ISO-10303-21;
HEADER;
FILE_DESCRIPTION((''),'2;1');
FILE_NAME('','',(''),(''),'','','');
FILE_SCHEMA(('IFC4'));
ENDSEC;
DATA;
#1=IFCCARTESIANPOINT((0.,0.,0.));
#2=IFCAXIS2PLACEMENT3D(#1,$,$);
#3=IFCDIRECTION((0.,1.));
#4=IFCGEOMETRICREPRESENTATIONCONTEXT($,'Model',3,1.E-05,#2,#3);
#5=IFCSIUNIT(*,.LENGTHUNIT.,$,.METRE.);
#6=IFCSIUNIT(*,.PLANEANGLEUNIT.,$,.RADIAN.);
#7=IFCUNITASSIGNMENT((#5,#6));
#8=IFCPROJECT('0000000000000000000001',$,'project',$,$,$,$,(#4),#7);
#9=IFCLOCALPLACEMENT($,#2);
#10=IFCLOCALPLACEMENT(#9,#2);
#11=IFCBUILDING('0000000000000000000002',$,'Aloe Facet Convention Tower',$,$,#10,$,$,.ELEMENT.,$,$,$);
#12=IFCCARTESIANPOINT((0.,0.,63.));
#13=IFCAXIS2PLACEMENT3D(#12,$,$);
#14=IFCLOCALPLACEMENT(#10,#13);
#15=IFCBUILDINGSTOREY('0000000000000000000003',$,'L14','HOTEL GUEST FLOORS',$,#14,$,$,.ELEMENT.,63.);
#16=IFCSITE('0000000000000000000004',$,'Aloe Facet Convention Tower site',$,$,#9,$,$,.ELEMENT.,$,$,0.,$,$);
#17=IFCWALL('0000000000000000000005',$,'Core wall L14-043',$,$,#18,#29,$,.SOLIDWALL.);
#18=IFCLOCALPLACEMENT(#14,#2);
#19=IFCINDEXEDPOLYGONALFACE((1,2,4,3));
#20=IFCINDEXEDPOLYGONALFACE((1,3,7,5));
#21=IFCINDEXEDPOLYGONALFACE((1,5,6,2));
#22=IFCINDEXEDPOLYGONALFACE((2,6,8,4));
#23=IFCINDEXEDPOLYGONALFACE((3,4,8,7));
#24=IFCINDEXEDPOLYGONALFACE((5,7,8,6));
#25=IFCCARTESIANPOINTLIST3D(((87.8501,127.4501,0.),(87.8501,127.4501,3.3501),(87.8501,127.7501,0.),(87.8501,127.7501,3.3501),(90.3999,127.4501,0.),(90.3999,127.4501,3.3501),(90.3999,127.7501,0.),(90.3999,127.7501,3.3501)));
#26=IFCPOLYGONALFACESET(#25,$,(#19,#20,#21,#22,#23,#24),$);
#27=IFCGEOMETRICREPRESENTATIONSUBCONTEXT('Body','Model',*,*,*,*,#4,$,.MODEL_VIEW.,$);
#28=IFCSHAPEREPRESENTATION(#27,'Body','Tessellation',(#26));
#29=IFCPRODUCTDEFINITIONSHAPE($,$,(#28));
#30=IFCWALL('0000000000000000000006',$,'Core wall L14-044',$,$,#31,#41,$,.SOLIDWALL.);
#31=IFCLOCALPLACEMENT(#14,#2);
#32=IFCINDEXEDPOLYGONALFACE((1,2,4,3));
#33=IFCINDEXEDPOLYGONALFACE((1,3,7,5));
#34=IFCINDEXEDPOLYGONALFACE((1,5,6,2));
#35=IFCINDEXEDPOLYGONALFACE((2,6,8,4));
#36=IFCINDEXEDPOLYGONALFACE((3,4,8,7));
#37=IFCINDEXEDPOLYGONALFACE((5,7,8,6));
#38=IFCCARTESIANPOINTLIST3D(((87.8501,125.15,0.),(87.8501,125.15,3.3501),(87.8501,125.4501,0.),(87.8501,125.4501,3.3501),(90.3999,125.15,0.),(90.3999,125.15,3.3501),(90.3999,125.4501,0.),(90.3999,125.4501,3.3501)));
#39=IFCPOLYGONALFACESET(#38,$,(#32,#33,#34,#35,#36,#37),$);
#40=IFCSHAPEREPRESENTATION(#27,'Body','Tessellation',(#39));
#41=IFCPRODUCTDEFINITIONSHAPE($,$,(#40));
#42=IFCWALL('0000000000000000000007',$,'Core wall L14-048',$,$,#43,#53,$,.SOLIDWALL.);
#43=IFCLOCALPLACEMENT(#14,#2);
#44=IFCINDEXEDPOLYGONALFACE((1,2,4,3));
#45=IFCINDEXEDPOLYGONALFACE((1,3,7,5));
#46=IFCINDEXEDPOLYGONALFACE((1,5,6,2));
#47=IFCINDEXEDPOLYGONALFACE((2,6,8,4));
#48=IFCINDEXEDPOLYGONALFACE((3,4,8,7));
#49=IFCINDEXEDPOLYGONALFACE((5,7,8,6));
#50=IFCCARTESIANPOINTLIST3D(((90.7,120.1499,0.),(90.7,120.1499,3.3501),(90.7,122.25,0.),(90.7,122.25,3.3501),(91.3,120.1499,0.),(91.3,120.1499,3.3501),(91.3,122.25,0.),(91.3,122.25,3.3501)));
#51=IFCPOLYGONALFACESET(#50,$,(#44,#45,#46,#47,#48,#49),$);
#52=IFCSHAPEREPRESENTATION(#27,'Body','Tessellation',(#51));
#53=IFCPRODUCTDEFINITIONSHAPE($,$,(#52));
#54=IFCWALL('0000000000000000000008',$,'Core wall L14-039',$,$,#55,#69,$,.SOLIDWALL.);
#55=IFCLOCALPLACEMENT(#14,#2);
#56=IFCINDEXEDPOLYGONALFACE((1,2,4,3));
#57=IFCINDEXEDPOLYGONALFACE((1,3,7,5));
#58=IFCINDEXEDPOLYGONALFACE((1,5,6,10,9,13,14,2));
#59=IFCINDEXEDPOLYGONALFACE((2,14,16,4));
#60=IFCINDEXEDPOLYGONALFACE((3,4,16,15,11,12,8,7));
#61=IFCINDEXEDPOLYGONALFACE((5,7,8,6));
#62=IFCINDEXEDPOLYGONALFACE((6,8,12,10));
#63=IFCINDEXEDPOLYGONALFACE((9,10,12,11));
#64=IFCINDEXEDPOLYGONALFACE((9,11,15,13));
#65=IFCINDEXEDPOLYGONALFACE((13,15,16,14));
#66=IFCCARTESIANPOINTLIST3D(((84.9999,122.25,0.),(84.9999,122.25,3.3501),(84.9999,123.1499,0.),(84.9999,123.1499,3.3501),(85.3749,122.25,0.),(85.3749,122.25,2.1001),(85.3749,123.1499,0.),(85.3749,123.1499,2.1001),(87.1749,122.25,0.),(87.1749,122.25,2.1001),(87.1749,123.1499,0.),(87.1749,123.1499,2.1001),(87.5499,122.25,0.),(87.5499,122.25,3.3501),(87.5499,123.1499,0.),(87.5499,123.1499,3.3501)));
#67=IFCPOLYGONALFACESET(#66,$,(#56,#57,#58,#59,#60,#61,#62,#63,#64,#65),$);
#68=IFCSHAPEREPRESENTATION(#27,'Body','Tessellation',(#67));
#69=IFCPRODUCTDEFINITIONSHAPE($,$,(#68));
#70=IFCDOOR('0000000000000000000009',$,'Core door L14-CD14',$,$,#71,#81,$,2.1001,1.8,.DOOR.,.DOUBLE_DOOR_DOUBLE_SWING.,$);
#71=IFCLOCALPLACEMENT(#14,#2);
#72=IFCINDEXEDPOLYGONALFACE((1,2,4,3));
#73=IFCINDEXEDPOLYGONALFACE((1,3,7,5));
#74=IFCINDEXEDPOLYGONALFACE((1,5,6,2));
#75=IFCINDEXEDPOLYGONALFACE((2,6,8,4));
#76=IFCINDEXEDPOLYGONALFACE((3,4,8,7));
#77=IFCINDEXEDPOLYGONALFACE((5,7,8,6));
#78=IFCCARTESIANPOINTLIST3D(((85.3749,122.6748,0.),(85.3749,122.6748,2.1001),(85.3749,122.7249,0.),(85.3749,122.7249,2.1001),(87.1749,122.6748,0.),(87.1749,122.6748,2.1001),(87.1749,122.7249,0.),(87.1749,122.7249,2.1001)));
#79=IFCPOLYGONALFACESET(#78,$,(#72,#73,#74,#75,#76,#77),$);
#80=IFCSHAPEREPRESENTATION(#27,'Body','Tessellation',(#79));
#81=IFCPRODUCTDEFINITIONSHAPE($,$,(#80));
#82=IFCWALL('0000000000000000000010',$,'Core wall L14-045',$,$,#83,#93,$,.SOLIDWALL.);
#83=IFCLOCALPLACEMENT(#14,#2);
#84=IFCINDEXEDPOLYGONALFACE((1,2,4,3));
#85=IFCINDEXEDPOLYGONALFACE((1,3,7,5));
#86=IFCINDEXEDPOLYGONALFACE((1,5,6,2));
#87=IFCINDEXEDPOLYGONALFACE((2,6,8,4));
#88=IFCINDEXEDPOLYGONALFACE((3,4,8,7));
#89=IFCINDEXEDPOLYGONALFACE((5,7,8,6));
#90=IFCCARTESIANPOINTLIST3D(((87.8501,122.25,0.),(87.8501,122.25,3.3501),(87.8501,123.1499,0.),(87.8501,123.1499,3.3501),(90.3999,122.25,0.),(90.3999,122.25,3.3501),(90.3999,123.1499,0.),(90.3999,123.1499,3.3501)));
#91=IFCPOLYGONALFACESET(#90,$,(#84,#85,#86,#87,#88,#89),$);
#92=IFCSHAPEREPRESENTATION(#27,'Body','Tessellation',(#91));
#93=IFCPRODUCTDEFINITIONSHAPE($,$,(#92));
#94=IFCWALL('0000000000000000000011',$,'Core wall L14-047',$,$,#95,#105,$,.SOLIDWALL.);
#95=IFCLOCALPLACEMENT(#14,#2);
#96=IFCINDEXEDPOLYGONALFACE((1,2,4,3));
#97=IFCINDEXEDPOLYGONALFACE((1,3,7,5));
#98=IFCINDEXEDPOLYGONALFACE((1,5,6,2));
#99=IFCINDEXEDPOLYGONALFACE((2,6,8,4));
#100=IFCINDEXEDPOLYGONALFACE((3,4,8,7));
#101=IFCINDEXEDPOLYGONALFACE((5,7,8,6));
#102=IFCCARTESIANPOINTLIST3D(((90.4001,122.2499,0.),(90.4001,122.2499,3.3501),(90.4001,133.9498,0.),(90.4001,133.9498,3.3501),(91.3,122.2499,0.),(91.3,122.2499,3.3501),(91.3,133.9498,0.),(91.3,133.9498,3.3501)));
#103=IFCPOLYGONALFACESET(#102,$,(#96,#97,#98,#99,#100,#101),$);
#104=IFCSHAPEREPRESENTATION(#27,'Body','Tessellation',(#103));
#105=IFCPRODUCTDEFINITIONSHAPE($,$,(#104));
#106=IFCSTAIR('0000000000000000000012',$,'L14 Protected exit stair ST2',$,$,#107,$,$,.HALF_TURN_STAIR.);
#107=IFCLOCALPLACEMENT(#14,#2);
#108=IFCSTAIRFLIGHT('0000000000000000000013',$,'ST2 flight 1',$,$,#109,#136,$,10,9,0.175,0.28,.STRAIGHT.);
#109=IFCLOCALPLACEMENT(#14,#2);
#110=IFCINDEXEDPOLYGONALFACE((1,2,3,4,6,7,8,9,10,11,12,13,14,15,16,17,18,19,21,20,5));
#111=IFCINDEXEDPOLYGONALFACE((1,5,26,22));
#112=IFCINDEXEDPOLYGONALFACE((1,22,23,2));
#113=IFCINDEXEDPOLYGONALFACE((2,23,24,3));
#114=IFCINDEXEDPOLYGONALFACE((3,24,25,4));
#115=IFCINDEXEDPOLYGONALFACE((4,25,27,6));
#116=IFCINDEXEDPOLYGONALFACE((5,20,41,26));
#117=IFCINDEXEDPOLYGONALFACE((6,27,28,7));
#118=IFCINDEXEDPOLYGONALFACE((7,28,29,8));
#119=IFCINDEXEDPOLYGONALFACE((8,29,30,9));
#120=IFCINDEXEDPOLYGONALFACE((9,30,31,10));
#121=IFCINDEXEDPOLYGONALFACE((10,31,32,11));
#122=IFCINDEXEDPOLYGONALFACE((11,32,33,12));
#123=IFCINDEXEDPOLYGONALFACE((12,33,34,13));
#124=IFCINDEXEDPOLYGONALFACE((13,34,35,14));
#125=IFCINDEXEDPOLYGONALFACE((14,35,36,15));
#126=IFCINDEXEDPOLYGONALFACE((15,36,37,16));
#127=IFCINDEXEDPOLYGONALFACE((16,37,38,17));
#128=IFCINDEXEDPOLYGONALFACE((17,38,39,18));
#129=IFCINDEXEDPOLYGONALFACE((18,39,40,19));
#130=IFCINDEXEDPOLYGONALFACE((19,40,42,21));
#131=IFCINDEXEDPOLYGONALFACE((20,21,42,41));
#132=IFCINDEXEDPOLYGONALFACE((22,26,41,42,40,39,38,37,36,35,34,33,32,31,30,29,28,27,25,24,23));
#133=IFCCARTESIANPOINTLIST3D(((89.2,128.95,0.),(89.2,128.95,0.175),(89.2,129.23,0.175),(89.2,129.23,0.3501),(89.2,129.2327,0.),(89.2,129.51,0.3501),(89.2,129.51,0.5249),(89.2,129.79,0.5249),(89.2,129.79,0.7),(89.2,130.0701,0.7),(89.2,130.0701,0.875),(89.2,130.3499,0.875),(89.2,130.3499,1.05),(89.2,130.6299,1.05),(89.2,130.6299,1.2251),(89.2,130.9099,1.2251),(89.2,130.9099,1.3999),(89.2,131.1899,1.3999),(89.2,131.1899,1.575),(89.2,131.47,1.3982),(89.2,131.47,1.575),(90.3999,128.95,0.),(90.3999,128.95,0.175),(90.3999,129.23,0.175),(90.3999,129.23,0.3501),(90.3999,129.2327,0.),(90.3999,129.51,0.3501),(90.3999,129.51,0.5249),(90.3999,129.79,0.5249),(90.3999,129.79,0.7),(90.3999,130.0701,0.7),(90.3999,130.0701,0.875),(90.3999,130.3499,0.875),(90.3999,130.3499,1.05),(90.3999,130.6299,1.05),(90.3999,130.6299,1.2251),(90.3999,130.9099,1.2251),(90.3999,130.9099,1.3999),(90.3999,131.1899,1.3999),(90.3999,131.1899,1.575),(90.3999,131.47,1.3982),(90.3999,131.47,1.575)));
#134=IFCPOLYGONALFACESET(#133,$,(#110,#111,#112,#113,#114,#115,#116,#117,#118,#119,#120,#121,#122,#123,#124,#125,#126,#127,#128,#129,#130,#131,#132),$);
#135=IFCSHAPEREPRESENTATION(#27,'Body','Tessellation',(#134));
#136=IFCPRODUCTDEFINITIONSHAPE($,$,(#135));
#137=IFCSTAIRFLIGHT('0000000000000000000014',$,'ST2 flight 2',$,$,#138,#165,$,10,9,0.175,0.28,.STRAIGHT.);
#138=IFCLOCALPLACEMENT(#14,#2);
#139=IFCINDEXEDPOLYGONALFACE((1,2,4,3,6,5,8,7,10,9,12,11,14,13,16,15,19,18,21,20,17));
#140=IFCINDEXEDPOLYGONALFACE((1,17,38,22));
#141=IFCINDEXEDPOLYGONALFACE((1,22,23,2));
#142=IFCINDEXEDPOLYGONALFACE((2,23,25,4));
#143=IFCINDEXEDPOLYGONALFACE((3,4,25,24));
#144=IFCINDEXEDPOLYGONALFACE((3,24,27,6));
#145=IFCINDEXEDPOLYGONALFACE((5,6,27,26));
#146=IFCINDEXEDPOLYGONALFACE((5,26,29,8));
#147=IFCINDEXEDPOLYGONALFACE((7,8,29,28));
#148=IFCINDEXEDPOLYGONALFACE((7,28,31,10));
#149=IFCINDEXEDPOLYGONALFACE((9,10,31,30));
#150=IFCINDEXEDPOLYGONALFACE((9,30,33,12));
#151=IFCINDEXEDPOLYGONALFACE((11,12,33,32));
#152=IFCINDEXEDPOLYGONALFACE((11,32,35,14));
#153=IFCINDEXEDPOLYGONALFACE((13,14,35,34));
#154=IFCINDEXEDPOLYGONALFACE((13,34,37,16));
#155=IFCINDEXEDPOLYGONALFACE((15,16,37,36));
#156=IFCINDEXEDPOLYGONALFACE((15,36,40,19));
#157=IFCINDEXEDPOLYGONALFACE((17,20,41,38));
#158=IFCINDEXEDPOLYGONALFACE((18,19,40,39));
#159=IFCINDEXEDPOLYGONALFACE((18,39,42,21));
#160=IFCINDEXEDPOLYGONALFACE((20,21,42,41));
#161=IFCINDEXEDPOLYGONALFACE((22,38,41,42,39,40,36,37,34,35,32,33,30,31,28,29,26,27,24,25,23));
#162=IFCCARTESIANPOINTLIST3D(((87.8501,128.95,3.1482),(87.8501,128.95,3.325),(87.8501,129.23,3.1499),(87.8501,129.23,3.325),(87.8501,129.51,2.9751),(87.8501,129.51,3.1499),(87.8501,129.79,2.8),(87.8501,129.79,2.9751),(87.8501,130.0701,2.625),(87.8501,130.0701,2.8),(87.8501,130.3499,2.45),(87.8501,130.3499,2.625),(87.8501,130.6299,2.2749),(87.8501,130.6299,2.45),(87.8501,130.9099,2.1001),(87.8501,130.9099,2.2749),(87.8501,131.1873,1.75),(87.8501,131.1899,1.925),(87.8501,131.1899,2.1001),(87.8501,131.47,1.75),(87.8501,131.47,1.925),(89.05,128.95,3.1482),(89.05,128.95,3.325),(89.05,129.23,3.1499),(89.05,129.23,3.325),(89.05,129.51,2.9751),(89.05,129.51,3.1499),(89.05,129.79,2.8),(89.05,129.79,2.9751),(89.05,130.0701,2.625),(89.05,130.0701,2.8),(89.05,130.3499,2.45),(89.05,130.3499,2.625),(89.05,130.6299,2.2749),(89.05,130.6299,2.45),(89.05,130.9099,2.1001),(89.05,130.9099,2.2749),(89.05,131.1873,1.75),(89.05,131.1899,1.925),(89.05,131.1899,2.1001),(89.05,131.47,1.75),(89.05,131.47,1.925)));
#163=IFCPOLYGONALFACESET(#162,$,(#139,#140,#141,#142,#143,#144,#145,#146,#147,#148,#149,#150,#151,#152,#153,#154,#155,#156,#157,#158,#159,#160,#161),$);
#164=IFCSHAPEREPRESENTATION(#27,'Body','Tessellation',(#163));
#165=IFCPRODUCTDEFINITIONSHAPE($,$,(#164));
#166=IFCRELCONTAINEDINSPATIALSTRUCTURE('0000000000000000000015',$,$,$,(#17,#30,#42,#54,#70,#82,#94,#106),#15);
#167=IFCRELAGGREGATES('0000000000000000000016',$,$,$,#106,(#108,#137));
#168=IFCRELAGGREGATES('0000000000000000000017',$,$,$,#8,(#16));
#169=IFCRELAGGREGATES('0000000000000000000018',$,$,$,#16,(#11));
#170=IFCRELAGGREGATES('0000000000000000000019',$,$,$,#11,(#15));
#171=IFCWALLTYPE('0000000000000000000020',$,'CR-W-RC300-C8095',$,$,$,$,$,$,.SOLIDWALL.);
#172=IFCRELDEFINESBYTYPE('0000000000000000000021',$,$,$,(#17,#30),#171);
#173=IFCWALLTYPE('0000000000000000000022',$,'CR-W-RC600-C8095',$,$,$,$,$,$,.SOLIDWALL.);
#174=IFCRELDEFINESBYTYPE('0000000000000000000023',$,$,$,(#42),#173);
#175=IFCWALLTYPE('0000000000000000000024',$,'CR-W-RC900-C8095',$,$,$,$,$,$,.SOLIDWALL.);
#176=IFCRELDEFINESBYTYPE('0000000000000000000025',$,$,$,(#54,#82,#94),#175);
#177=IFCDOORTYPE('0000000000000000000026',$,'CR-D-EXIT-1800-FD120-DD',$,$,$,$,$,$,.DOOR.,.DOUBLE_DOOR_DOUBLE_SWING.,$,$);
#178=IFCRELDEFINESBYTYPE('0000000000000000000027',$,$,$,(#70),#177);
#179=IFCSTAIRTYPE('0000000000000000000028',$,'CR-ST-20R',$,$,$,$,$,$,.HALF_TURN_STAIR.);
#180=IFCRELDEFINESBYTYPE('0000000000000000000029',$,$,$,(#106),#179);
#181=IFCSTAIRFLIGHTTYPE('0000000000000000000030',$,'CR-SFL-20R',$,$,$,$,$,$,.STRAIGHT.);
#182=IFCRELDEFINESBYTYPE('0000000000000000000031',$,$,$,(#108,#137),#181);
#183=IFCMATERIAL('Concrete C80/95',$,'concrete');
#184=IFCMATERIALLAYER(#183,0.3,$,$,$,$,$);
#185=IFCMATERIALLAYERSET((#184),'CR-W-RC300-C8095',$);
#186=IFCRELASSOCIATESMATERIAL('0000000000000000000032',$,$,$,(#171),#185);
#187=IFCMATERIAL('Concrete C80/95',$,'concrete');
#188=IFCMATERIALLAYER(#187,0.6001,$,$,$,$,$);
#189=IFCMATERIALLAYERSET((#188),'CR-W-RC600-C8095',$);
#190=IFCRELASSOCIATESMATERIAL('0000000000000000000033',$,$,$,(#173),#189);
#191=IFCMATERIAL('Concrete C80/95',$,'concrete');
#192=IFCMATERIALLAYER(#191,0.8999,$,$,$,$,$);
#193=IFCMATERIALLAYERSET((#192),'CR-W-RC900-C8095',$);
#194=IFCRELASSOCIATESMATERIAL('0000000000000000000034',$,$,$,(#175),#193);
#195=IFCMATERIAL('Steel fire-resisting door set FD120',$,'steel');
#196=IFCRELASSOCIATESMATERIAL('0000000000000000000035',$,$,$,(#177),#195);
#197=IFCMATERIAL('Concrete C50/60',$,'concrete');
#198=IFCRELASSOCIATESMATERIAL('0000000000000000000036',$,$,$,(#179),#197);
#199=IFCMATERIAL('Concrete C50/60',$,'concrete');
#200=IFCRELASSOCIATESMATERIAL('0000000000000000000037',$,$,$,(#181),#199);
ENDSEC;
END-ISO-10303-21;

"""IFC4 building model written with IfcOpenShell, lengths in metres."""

from ifc_helpers import new_model, si_unit, direction, frame, frame_2d, origin, place, context, subcontext, project, spatial, polyline, rectangle, outline, extrude, material, layer, layer_set, type_object, element, fill, aggregate, save


model = new_model("IFC4")

# Units and contexts
model_context = context("Model", 3, precision=1e-05, world=origin(), true_north=direction((0.0, 1.0)))
body_context = subcontext(model_context, "Body", "Model", "MODEL_VIEW")
ifc_project = project(units=[si_unit("LENGTHUNIT", "METRE"), si_unit("PLANEANGLEUNIT", "RADIAN")], contexts=[model_context])

# Site, building, storey
site_placement = place(None, origin())
site = spatial("IfcSite", under=ifc_project, at=site_placement, Name="Aloe Facet Convention Tower site", CompositionType="ELEMENT", RefElevation=0.0)
building_placement = place(site_placement, origin())
building = spatial("IfcBuilding", under=site, at=building_placement, Name="Aloe Facet Convention Tower", CompositionType="ELEMENT")
storey_placement = place(building_placement, frame((0.0, 0.0, 63.0)))
storey = spatial("IfcBuildingStorey", under=building, at=storey_placement, Name="L14", Description="HOTEL GUEST FLOORS", CompositionType="ELEMENT", Elevation=63.0)

# Shared definitions
ifc_material_1 = material(Name="Concrete C80/95", Category="concrete")
ifc_layer_1 = layer(ifc_material_1, 0.3)
ifc_layer_set_1 = layer_set([ifc_layer_1], Name="CR-W-RC300-C8095")
wall_type_1 = type_object("IfcWallType", Name="CR-W-RC300-C8095", PredefinedType="SOLIDWALL", material=ifc_layer_set_1)

# Walls
for number, where, z_axis, x_axis, name in (
    (1, (87.8501, 127.6001, 0.0), (0.0, 0.0, 1.0), (1.0, 0.0, 0.0), "Core wall L14-043"),
    (2, (87.8501, 125.3, 0.0), (0.0, 0.0, 1.0), (1.0, 0.0, 0.0), "Core wall L14-044"),
):
    element("IfcWall", number, at=place(storey_placement, frame(where, z_axis=z_axis, x_axis=x_axis)), inside=storey, type_object=wall_type_1, Name=name, PredefinedType="SOLIDWALL", context=body_context, shape_type="SweptSolid", body=[
        extrude(rectangle(XDim=2.5498, YDim=0.3, at=frame_2d((1.2749, 0.0))), origin(), (0.0, 0.0, 1.0), 3.3501),
    ])
ifc_material_2 = material(Name="Concrete C80/95", Category="concrete")
ifc_layer_2 = layer(ifc_material_2, 0.6001)
ifc_layer_set_2 = layer_set([ifc_layer_2], Name="CR-W-RC600-C8095")
wall_type_2 = type_object("IfcWallType", Name="CR-W-RC600-C8095", PredefinedType="SOLIDWALL", material=ifc_layer_set_2)
wall_1_placement = place(storey_placement, frame((91.0, 122.25, 0.0), z_axis=(0.0, 0.0, 1.0), x_axis=(0.0, -1.0, 0.0)))
element("IfcWall", 3, at=wall_1_placement, inside=storey, type_object=wall_type_2, Name="Core wall L14-048", PredefinedType="SOLIDWALL", context=body_context, shape_type="SweptSolid", body=[
    extrude(rectangle(XDim=2.1001, YDim=0.6001, at=frame_2d((1.05, 0.0))), origin(), (0.0, 0.0, 1.0), 3.3501),
])

# Wall, opening, door
ifc_material_3 = material(Name="Concrete C80/95", Category="concrete")
ifc_layer_3 = layer(ifc_material_3, 0.8999)
ifc_layer_set_3 = layer_set([ifc_layer_3], Name="CR-W-RC900-C8095")
wall_type_3 = type_object("IfcWallType", Name="CR-W-RC900-C8095", PredefinedType="SOLIDWALL", material=ifc_layer_set_3)
wall_2_placement = place(storey_placement, frame((85.0, 122.7, 0.0), z_axis=(0.0, 0.0, 1.0), x_axis=(1.0, 0.0, 0.0)))
wall_2 = element("IfcWall", 4, at=wall_2_placement, inside=storey, type_object=wall_type_3, Name="Core wall L14-039", PredefinedType="SOLIDWALL", context=body_context, shape_type="SweptSolid", body=[
    extrude(rectangle(XDim=2.55, YDim=0.8999, at=frame_2d((1.2749, 0.0))), origin(), (0.0, 0.0, 1.0), 3.3501),
])
opening_1_placement = place(wall_2_placement, frame((0.375, 0.0, 0.0)))
opening_1 = element("IfcOpeningElement", 5, at=opening_1_placement, cuts=wall_2, PredefinedType="OPENING", context=body_context, shape_type="SweptSolid", body=[
    extrude(rectangle(XDim=1.8, YDim=2.1001, at=frame_2d((0.8999, 1.05))), frame((0.0, 0.46, 0.0), z_axis=(0.0, -1.0, 0.0), x_axis=(1.0, 0.0, 0.0)), (0.0, 0.0, 1.0), 0.9199),
])
ifc_material_4 = material(Name="Steel fire-resisting door set FD120", Category="steel")
door_type_1 = type_object("IfcDoorType", Name="CR-D-EXIT-1800-FD120-DD", OperationType="DOUBLE_DOOR_DOUBLE_SWING", PredefinedType="DOOR", material=ifc_material_4)
door_1_placement = place(opening_1_placement, origin())
door_1 = element("IfcDoor", 6, at=door_1_placement, inside=storey, type_object=door_type_1, Name="Core door L14-CD14", OperationType="DOUBLE_DOOR_DOUBLE_SWING", OverallHeight=2.1001, OverallWidth=1.8, PredefinedType="DOOR", context=body_context, shape_type="SweptSolid", body=[
    extrude(rectangle(XDim=1.8, YDim=2.1001, at=frame_2d((0.8999, 1.05))), frame((0.0, 0.0249, 0.0), z_axis=(0.0, -1.0, 0.0), x_axis=(1.0, 0.0, 0.0)), (0.0, 0.0, 1.0), 0.05),
])
fill(opening_1, door_1)

# Walls
wall_3_placement = place(storey_placement, frame((87.8501, 122.7, 0.0), z_axis=(0.0, 0.0, 1.0), x_axis=(1.0, 0.0, 0.0)))
element("IfcWall", 7, at=wall_3_placement, inside=storey, type_object=wall_type_3, Name="Core wall L14-045", PredefinedType="SOLIDWALL", context=body_context, shape_type="SweptSolid", body=[
    extrude(rectangle(XDim=2.5498, YDim=0.8999, at=frame_2d((1.2749, 0.0))), origin(), (0.0, 0.0, 1.0), 3.3501),
])
wall_4_placement = place(storey_placement, frame((90.8501, 133.95, 0.0), z_axis=(0.0, 0.0, 1.0), x_axis=(0.0, -1.0, 0.0)))
element("IfcWall", 8, at=wall_4_placement, inside=storey, type_object=wall_type_3, Name="Core wall L14-047", PredefinedType="SOLIDWALL", context=body_context, shape_type="SweptSolid", body=[
    extrude(rectangle(XDim=11.7, YDim=0.8999, at=frame_2d((5.8501, 0.0))), origin(), (0.0, 0.0, 1.0), 3.3501),
])

# Stair, stair flights
ifc_material_5 = material(Name="Concrete C50/60", Category="concrete")
stair_type = type_object("IfcStairType", Name="CR-ST-20R", PredefinedType="HALF_TURN_STAIR", material=ifc_material_5)
stair_placement = place(storey_placement, origin())
stair = element("IfcStair", 9, at=stair_placement, inside=storey, type_object=stair_type, Name="L14 Protected exit stair ST2", PredefinedType="HALF_TURN_STAIR")
ifc_material_6 = material(Name="Concrete C50/60", Category="concrete")
stair_flight_type = type_object("IfcStairFlightType", Name="CR-SFL-20R", PredefinedType="STRAIGHT", material=ifc_material_6)
stair_flight_1_placement = place(storey_placement, frame((89.8, 128.95, 0.0), z_axis=(0.0, 0.0, 1.0), x_axis=(0.0, 1.0, 0.0)))
stair_flight_1 = element("IfcStairFlight", 10, at=stair_flight_1_placement, type_object=stair_flight_type, Name="ST2 flight 1", NumberOfRisers=10, NumberOfTreads=9, PredefinedType="STRAIGHT", RiserHeight=0.175, TreadLength=0.28, context=body_context, shape_type="SweptSolid", body=[
    extrude(outline(polyline([(0.0, 0.0), (0.0, 0.175), (0.28, 0.175), (0.28, 0.3501), (0.5601, 0.3501), (0.5601, 0.5249), (0.8401, 0.5249), (0.8401, 0.7), (1.1201, 0.7), (1.1201, 0.875), (1.3999, 0.875), (1.3999, 1.05), (1.6799, 1.05), (1.6799, 1.2251), (1.96, 1.2251), (1.96, 1.3999), (2.24, 1.3999), (2.24, 1.575), (2.52, 1.575), (2.52, 1.75), (2.52, 1.3982), (0.2827, 0.0), (0.0, 0.0)])), frame((0.0, 0.6001, 0.0), z_axis=(0.0, -1.0, 0.0), x_axis=(1.0, 0.0, 0.0)), (0.0, 0.0, 1.0), 1.2),
])
stair_flight_2_placement = place(storey_placement, frame((88.45, 131.47, 1.75), z_axis=(0.0, 0.0, 1.0), x_axis=(0.0, -1.0, 0.0)))
stair_flight_2 = element("IfcStairFlight", 11, at=stair_flight_2_placement, type_object=stair_flight_type, Name="ST2 flight 2", NumberOfRisers=10, NumberOfTreads=9, PredefinedType="STRAIGHT", RiserHeight=0.175, TreadLength=0.28, context=body_context, shape_type="SweptSolid", body=[
    extrude(outline(polyline([(0.0, 0.0), (0.0, 0.175), (0.28, 0.175), (0.28, 0.3501), (0.5601, 0.3501), (0.5601, 0.5249), (0.8401, 0.5249), (0.8401, 0.7), (1.1201, 0.7), (1.1201, 0.875), (1.3999, 0.875), (1.3999, 1.05), (1.6799, 1.05), (1.6799, 1.2251), (1.96, 1.2251), (1.96, 1.3999), (2.24, 1.3999), (2.24, 1.575), (2.52, 1.575), (2.52, 1.75), (2.52, 1.3982), (0.2827, 0.0), (0.0, 0.0)])), frame((0.0, 0.6001, 0.0), z_axis=(0.0, -1.0, 0.0), x_axis=(1.0, 0.0, 0.0)), (0.0, 0.0, 1.0), 1.2),
])
aggregate(stair, [stair_flight_1, stair_flight_2])

save(model, "model.ifc")
